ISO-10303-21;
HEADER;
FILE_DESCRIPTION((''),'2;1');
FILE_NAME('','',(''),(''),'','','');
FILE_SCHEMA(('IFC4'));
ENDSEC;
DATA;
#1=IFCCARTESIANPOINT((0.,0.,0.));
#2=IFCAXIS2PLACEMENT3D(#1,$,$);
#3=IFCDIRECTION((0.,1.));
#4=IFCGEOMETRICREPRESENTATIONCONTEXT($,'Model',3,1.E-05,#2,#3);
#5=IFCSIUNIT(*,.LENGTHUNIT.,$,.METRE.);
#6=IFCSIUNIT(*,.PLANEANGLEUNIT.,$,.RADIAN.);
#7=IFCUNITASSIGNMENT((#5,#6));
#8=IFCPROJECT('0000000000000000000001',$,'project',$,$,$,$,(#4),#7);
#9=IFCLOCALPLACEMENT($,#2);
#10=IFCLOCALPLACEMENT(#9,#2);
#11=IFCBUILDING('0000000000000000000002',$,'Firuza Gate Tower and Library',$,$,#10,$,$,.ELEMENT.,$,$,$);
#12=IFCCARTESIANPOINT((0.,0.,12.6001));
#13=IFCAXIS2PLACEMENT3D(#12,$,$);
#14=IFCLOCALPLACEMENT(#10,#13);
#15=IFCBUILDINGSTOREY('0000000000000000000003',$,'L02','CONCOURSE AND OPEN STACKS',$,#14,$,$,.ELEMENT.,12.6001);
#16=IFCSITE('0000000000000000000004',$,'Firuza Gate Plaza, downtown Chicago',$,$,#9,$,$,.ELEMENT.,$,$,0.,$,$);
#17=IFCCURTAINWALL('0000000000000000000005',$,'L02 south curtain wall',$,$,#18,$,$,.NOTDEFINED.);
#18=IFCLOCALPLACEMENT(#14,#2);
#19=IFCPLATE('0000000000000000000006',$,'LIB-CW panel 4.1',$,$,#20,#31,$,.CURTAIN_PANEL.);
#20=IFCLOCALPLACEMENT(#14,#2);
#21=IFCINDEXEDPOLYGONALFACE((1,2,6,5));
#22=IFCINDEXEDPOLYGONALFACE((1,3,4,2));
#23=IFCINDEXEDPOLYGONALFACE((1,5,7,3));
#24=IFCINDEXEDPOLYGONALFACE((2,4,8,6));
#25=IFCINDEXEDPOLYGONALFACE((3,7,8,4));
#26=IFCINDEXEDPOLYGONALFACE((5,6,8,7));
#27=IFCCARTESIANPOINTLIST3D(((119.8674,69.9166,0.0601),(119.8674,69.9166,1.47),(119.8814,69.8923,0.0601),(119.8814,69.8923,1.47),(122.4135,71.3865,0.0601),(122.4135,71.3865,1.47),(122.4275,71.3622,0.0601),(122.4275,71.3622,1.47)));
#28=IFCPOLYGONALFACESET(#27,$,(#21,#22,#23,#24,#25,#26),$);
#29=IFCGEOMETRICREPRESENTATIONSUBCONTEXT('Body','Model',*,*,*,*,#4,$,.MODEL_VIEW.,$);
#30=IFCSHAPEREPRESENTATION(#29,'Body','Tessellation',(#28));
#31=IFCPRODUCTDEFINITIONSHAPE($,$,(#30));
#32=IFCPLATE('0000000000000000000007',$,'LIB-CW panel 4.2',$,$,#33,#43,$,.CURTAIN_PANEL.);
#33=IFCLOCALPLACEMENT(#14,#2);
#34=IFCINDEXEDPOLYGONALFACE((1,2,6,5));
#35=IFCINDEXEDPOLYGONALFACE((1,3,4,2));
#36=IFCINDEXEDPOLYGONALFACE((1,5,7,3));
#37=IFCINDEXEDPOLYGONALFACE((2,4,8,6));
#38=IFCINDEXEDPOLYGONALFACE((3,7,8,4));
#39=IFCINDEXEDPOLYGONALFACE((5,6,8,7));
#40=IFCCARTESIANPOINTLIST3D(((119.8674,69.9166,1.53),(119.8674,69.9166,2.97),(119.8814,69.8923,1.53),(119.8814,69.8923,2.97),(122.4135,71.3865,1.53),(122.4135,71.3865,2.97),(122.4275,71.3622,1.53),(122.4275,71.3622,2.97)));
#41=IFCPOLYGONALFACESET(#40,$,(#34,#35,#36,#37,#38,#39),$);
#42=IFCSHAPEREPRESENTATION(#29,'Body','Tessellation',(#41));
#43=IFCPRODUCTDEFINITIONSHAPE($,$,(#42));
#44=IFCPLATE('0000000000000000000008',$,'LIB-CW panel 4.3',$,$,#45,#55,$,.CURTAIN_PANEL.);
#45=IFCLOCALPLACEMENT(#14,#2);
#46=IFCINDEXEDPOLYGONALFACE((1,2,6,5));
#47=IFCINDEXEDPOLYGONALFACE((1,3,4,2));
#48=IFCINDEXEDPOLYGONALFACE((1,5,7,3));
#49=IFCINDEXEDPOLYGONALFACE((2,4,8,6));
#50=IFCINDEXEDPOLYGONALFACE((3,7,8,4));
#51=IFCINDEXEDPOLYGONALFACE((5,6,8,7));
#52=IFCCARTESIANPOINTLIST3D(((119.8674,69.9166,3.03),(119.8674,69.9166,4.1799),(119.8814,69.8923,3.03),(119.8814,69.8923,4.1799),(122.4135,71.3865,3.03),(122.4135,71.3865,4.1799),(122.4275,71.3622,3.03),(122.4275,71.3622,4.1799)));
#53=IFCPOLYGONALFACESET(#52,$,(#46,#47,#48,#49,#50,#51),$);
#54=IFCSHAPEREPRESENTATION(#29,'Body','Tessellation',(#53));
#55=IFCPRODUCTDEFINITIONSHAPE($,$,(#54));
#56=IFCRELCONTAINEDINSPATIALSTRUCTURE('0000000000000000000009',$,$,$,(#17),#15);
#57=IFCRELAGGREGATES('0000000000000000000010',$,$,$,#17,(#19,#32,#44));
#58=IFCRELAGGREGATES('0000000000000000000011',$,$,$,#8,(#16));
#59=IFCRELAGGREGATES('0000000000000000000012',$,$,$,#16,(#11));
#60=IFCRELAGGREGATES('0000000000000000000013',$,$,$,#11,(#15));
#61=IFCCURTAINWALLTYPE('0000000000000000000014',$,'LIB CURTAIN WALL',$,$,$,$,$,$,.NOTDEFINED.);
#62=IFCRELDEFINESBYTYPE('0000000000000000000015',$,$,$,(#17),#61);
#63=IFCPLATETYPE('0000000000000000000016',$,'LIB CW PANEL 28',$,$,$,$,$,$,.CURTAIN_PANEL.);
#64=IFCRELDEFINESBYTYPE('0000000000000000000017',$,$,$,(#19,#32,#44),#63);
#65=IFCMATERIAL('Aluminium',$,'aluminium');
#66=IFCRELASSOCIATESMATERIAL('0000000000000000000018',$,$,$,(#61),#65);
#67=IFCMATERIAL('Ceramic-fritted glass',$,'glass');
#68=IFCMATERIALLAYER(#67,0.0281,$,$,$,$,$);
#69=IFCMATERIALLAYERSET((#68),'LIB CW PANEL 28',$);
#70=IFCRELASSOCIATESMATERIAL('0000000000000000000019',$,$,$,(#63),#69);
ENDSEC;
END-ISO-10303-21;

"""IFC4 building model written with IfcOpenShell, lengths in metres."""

from ifc_helpers import new_model, si_unit, direction, frame, origin, origin_2d, place, context, subcontext, project, spatial, rectangle, extrude, material, layer, layer_set, type_object, element, aggregate, save


model = new_model("IFC4")

# Units and contexts
model_context = context("Model", 3, precision=1e-05, world=origin(), true_north=direction((0.0, 1.0)))
body_context = subcontext(model_context, "Body", "Model", "MODEL_VIEW")
ifc_project = project(units=[si_unit("LENGTHUNIT", "METRE"), si_unit("PLANEANGLEUNIT", "RADIAN")], contexts=[model_context])

# Site, building, storey
site_placement = place(None, origin())
site = spatial("IfcSite", under=ifc_project, at=site_placement, Name="Firuza Gate Plaza, downtown Chicago", CompositionType="ELEMENT", RefElevation=0.0)
building_placement = place(site_placement, origin())
building = spatial("IfcBuilding", under=site, at=building_placement, Name="Firuza Gate Tower and Library", CompositionType="ELEMENT")
storey_placement = place(building_placement, frame((0.0, 0.0, 12.6001)))
storey = spatial("IfcBuildingStorey", under=building, at=storey_placement, Name="L02", Description="CONCOURSE AND OPEN STACKS", CompositionType="ELEMENT", Elevation=12.6001)

# Curtain wall, plates
ifc_material_1 = material(Name="Aluminium", Category="aluminium")
curtain_wall_type = type_object("IfcCurtainWallType", Name="LIB CURTAIN WALL", PredefinedType="NOTDEFINED", material=ifc_material_1)
curtain_wall_placement = place(storey_placement, origin())
curtain_wall = element("IfcCurtainWall", 1, at=curtain_wall_placement, inside=storey, type_object=curtain_wall_type, Name="L02 south curtain wall", PredefinedType="NOTDEFINED")
ifc_material_2 = material(Name="Ceramic-fritted glass", Category="glass")
ifc_layer = layer(ifc_material_2, 0.0281)
ifc_layer_set = layer_set([ifc_layer], Name="LIB CW PANEL 28")
plate_type = type_object("IfcPlateType", Name="LIB CW PANEL 28", PredefinedType="CURTAIN_PANEL", material=ifc_layer_set)
plate_1_placement = place(storey_placement, frame((121.1475, 70.6394, 0.0601), z_axis=(0.0, 0.0, 1.0), x_axis=(0.866025, 0.500001, 0.0)))
plate_1 = element("IfcPlate", 2, at=plate_1_placement, type_object=plate_type, Name="LIB-CW panel 4.1", PredefinedType="CURTAIN_PANEL", context=body_context, shape_type="SweptSolid", body=[
    extrude(rectangle(XDim=2.9399, YDim=0.0281, at=origin_2d()), origin(), (0.0, 0.0, 1.0), 1.4099),
])
plate_2_placement = place(storey_placement, frame((121.1475, 70.6394, 1.53), z_axis=(0.0, 0.0, 1.0), x_axis=(0.866025, 0.500001, 0.0)))
plate_2 = element("IfcPlate", 3, at=plate_2_placement, type_object=plate_type, Name="LIB-CW panel 4.2", PredefinedType="CURTAIN_PANEL", context=body_context, shape_type="SweptSolid", body=[
    extrude(rectangle(XDim=2.9399, YDim=0.0281, at=origin_2d()), origin(), (0.0, 0.0, 1.0), 1.4399),
])
plate_3_placement = place(storey_placement, frame((121.1475, 70.6394, 3.03), z_axis=(0.0, 0.0, 1.0), x_axis=(0.866025, 0.500001, 0.0)))
plate_3 = element("IfcPlate", 4, at=plate_3_placement, type_object=plate_type, Name="LIB-CW panel 4.3", PredefinedType="CURTAIN_PANEL", context=body_context, shape_type="SweptSolid", body=[
    extrude(rectangle(XDim=2.9399, YDim=0.0281, at=origin_2d()), origin(), (0.0, 0.0, 1.0), 1.1499),
])
aggregate(curtain_wall, [plate_1, plate_2, plate_3])

save(model, "model.ifc")
